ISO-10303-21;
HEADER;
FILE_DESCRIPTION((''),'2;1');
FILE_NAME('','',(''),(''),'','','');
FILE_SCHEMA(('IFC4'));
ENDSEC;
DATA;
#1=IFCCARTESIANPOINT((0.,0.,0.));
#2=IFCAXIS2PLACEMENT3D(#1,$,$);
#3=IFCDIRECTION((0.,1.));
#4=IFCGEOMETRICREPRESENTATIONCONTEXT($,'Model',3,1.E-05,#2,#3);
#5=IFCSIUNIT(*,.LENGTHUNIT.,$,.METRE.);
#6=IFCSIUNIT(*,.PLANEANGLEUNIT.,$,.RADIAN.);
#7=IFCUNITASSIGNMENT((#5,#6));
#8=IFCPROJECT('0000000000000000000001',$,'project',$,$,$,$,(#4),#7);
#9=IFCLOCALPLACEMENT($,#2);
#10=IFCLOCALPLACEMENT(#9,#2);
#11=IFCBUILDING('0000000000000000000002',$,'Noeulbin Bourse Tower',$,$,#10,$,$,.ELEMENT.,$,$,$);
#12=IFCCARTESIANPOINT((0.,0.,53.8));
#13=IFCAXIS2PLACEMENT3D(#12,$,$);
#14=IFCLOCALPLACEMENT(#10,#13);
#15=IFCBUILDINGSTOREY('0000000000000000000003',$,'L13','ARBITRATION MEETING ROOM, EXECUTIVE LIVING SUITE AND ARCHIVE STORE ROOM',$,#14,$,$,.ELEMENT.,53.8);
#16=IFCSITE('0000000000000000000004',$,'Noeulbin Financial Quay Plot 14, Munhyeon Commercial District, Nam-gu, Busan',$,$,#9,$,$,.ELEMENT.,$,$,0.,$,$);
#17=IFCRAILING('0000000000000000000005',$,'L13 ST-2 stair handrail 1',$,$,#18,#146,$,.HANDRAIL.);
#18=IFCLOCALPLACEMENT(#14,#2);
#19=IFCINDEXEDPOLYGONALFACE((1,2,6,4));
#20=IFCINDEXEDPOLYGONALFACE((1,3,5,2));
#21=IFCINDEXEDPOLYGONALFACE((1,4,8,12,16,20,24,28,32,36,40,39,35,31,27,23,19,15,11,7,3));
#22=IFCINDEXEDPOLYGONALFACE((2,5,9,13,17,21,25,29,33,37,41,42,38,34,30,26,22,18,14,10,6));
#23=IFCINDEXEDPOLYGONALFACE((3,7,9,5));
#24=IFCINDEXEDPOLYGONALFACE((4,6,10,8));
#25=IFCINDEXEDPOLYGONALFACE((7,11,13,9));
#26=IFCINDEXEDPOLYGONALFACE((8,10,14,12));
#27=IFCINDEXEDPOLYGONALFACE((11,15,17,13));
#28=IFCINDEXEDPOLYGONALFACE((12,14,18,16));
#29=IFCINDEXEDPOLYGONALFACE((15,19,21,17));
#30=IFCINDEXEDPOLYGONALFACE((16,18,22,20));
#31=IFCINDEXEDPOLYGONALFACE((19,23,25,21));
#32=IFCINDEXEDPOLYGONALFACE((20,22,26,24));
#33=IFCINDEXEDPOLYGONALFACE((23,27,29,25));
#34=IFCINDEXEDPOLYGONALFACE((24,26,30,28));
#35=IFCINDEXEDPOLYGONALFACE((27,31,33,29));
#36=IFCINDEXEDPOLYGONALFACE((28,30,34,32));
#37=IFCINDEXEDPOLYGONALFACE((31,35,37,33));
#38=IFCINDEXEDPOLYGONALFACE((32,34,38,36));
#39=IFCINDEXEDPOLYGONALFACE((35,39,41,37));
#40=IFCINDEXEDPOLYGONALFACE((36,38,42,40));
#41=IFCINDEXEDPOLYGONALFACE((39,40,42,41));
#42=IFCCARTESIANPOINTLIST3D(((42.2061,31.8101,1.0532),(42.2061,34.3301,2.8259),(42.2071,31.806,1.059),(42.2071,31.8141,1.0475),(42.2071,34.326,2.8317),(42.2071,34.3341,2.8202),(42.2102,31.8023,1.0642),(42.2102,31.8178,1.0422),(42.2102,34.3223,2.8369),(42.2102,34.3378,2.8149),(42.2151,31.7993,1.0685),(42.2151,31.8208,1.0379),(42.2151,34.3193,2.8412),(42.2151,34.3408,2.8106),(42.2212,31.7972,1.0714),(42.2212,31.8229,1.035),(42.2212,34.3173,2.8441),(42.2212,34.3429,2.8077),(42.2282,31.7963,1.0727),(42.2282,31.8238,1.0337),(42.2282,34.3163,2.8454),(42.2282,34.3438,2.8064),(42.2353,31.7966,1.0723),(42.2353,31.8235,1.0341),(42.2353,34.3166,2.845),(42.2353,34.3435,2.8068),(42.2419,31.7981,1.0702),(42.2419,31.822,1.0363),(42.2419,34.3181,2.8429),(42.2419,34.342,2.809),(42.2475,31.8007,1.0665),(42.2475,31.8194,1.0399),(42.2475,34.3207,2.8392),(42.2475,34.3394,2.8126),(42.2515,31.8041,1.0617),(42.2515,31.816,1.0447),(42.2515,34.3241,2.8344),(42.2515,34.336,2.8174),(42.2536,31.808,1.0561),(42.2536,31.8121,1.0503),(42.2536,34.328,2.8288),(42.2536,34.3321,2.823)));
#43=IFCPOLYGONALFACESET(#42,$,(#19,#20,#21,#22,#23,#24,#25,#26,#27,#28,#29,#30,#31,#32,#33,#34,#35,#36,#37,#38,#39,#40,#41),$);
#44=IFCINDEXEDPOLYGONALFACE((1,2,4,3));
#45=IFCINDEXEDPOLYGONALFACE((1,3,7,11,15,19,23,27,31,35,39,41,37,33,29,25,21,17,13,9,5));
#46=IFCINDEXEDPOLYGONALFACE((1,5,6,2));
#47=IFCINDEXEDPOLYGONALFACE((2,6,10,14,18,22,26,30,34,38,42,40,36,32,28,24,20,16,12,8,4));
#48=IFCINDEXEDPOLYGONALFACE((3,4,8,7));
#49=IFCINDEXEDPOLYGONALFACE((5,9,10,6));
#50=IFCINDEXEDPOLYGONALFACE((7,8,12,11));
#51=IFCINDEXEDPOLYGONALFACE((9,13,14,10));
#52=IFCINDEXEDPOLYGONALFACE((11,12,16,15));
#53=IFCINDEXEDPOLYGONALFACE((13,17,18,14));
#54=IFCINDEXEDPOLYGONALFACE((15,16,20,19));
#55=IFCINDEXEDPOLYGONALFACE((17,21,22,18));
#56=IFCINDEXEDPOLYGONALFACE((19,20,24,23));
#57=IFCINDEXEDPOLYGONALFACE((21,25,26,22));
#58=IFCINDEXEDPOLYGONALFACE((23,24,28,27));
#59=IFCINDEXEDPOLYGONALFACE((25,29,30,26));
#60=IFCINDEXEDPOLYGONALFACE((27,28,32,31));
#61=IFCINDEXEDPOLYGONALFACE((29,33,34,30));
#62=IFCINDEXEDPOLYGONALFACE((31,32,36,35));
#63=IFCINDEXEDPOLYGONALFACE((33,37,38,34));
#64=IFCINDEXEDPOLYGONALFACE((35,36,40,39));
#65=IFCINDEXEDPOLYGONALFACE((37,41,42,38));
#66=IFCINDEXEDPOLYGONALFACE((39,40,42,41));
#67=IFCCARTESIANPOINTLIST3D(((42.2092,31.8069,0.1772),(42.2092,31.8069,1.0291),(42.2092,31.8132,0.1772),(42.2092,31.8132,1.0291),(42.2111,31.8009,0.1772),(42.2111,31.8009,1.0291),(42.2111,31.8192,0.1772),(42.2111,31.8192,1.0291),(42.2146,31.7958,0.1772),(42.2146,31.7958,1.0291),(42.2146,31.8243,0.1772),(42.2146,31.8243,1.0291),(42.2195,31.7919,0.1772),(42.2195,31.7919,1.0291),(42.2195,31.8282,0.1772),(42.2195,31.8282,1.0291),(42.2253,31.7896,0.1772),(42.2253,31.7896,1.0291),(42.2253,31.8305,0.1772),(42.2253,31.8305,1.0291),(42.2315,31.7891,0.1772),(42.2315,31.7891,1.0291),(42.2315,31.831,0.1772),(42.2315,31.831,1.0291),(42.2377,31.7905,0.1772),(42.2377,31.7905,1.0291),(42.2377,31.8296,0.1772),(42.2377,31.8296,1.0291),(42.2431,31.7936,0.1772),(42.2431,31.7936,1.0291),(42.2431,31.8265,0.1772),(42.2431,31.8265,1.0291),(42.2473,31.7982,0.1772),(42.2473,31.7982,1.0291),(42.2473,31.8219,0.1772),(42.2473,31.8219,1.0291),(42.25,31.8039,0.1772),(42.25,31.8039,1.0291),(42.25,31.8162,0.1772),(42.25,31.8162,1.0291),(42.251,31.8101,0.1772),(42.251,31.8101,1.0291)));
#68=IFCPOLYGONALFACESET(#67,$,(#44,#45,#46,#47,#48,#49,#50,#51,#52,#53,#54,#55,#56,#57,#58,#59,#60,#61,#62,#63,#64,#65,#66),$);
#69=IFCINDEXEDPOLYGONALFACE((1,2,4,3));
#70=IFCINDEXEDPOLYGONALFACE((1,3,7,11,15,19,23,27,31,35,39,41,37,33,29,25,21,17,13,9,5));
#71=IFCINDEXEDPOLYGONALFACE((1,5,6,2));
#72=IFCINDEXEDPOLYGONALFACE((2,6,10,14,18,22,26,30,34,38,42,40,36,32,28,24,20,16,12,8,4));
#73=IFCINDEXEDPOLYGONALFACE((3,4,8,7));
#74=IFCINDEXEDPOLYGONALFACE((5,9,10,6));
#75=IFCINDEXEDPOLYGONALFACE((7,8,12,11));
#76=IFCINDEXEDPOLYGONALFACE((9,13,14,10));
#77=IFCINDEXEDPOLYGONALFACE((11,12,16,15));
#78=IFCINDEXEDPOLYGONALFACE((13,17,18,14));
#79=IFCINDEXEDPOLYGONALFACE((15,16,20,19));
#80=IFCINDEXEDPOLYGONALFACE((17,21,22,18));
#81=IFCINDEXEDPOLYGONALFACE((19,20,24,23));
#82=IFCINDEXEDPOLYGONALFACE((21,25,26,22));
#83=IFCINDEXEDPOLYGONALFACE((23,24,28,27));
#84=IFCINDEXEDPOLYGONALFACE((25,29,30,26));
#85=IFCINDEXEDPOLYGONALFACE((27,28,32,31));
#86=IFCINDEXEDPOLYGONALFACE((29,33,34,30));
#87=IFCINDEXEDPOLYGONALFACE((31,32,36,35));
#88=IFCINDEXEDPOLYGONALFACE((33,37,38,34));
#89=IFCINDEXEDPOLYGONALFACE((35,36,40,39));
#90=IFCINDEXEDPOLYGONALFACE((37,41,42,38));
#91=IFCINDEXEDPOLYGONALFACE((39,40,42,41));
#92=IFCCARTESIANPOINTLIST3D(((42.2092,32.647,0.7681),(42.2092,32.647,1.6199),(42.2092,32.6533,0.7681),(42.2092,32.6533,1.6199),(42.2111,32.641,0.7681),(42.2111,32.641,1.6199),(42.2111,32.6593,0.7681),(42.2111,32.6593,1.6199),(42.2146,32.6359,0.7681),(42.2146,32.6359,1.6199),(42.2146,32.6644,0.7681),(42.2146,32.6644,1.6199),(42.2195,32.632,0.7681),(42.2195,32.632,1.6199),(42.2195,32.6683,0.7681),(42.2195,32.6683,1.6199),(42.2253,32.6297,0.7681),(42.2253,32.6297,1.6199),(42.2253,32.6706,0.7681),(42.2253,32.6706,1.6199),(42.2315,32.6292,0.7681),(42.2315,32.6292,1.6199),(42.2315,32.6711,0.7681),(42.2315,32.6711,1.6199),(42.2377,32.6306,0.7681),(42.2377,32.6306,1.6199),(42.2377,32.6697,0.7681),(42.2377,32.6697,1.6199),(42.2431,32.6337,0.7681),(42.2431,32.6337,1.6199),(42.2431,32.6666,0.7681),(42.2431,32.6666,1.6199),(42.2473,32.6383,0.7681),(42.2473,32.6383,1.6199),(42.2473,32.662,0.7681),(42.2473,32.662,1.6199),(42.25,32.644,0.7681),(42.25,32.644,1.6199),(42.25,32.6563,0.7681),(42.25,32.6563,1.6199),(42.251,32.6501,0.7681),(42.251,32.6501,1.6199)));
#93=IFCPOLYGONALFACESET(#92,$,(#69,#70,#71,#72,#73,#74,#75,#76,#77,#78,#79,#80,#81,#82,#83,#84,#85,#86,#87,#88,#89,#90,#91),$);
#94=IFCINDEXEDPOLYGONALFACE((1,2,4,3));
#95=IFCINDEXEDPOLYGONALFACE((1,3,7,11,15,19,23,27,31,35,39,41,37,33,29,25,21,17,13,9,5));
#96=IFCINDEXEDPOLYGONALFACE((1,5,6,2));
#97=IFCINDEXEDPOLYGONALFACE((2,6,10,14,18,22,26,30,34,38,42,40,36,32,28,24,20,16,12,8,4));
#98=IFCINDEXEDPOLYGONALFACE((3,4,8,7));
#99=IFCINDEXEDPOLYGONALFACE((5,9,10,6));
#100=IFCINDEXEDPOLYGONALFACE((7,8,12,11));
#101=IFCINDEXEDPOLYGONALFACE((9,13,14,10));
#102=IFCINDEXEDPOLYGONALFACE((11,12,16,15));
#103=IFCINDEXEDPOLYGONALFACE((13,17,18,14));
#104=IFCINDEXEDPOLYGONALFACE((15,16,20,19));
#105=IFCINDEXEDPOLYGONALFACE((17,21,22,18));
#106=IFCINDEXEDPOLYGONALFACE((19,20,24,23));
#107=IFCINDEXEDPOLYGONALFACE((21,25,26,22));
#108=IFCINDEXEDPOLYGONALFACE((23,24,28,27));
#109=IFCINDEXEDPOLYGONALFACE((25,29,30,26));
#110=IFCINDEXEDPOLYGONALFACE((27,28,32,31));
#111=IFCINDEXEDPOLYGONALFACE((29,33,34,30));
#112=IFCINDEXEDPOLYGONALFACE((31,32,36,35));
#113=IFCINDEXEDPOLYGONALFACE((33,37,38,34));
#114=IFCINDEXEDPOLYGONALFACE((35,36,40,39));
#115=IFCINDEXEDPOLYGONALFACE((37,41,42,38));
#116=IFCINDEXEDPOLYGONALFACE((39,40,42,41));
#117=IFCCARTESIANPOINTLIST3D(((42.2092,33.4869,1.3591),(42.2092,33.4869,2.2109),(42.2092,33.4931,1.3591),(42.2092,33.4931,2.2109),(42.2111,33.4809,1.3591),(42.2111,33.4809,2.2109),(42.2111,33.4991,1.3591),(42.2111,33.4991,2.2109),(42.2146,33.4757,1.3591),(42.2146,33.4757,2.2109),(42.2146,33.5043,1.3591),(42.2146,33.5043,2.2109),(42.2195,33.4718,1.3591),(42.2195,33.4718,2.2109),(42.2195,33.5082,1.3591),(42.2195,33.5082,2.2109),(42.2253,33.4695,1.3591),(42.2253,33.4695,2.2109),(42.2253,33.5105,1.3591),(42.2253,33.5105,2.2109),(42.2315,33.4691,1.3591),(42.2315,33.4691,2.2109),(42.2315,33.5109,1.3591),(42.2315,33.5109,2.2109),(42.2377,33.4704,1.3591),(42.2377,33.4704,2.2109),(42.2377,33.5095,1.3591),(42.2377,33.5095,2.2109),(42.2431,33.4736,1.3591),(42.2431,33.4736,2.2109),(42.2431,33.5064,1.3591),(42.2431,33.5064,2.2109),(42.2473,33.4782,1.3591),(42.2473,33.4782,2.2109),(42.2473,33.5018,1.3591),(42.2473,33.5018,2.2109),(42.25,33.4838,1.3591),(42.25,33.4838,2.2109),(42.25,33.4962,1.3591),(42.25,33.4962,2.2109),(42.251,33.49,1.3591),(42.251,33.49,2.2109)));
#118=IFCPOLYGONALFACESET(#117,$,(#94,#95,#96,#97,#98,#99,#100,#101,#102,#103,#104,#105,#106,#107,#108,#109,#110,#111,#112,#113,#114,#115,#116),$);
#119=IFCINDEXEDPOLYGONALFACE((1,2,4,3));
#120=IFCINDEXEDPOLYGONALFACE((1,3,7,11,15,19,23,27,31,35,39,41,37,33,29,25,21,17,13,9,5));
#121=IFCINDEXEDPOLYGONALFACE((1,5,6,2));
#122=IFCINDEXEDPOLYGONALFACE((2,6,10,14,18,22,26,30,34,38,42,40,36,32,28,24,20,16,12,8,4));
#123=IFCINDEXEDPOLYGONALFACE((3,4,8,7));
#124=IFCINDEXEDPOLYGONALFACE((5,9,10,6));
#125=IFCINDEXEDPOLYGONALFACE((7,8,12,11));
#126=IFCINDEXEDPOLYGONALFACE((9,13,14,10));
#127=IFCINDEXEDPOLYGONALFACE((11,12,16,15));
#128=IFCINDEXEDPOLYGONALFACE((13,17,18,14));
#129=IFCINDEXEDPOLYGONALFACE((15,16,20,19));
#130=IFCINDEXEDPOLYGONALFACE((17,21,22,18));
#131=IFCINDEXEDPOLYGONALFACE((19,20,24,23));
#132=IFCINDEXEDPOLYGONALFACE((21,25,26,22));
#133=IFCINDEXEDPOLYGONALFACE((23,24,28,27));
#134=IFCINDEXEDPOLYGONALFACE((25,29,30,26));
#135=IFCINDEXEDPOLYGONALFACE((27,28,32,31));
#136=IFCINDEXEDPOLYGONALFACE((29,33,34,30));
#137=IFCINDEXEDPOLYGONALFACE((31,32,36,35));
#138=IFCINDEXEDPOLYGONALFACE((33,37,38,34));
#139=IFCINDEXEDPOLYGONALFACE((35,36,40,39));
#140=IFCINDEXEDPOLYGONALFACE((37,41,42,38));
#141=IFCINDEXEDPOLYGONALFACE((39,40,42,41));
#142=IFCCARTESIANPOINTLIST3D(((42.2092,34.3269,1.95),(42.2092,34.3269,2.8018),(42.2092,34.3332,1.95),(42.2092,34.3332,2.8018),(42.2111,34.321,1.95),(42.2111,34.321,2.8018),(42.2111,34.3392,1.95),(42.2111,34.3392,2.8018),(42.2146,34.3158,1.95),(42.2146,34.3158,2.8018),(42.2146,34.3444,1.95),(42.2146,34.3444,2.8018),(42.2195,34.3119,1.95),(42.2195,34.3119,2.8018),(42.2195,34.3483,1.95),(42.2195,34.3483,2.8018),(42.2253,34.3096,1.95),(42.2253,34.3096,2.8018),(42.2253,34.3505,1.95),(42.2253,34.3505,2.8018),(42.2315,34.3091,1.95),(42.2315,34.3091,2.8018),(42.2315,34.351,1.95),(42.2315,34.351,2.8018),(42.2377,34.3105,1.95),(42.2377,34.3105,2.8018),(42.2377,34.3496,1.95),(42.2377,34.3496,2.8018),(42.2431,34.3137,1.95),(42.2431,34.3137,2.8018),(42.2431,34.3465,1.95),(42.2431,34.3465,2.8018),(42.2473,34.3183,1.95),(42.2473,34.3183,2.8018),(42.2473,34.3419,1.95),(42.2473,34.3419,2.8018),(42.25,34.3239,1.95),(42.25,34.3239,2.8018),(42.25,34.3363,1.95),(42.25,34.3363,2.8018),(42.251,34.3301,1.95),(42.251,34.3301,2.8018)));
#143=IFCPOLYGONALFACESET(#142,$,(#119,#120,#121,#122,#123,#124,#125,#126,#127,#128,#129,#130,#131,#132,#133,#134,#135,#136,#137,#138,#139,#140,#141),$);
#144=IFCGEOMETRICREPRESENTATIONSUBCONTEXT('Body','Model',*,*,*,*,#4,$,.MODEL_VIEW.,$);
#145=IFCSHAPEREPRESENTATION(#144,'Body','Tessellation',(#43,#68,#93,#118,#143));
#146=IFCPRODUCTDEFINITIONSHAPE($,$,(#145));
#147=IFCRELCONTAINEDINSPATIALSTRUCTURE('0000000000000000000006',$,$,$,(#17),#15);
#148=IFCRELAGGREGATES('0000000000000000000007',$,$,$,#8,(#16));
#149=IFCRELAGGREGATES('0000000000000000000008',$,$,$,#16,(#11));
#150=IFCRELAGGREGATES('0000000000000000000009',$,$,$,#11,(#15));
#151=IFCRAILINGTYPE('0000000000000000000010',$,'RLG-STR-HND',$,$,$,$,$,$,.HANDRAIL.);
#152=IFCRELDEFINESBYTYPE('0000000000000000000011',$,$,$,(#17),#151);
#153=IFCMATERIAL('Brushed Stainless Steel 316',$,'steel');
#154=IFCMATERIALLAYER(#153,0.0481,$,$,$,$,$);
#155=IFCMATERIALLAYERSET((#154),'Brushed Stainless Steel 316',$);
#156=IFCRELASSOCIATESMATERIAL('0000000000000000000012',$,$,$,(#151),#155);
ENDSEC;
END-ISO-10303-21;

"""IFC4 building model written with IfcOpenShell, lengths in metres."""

from ifc_helpers import new_model, si_unit, direction, frame, origin, origin_2d, place, context, subcontext, project, spatial, circle, extrude, material, layer, layer_set, type_object, element, save


model = new_model("IFC4")

# Units and contexts
model_context = context("Model", 3, precision=1e-05, world=origin(), true_north=direction((0.0, 1.0)))
body_context = subcontext(model_context, "Body", "Model", "MODEL_VIEW")
ifc_project = project(units=[si_unit("LENGTHUNIT", "METRE"), si_unit("PLANEANGLEUNIT", "RADIAN")], contexts=[model_context])

# Site, building, storey
site_placement = place(None, origin())
site = spatial("IfcSite", under=ifc_project, at=site_placement, Name="Noeulbin Financial Quay Plot 14, Munhyeon Commercial District, Nam-gu, Busan", CompositionType="ELEMENT", RefElevation=0.0)
building_placement = place(site_placement, origin())
building = spatial("IfcBuilding", under=site, at=building_placement, Name="Noeulbin Bourse Tower", CompositionType="ELEMENT")
storey_placement = place(building_placement, frame((0.0, 0.0, 53.8)))
storey = spatial("IfcBuildingStorey", under=building, at=storey_placement, Name="L13", Description="ARBITRATION MEETING ROOM, EXECUTIVE LIVING SUITE AND ARCHIVE STORE ROOM", CompositionType="ELEMENT", Elevation=53.8)

# Railing
ifc_material_1 = material(Name="Brushed Stainless Steel 316", Category="steel")
ifc_layer_1 = layer(ifc_material_1, 0.0481)
ifc_layer_set_1 = layer_set([ifc_layer_1], Name="Brushed Stainless Steel 316")
railing_type = type_object("IfcRailingType", Name="RLG-STR-HND", PredefinedType="HANDRAIL", material=ifc_layer_set_1)
railing_placement = place(storey_placement, frame((42.23, 31.8101, 0.1772)))
element("IfcRailing", 1, at=railing_placement, inside=storey, type_object=railing_type, Name="L13 ST-2 stair handrail 1", PredefinedType="HANDRAIL", context=body_context, shape_type="SweptSolid", body=[
    extrude(circle(Radius=0.0239, at=origin_2d()), frame((0.0, 0.0, 0.876), z_axis=(0.0, 0.817904, 0.575354), x_axis=(-1.0, 0.0, 0.0)), (0.0, 0.0, 1.0), 3.0811),
    extrude(circle(Radius=0.021, at=origin_2d()), origin(), (0.0, 0.0, 1.0), 0.8518),
    extrude(circle(Radius=0.021, at=origin_2d()), frame((0.0, 0.8401, 0.5908)), (0.0, 0.0, 1.0), 0.8518),
    extrude(circle(Radius=0.021, at=origin_2d()), frame((0.0, 1.6799, 1.1819)), (0.0, 0.0, 1.0), 0.8518),
    extrude(circle(Radius=0.021, at=origin_2d()), frame((0.0, 2.52, 1.7727)), (0.0, 0.0, 1.0), 0.8518),
])

save(model, "model.ifc")
